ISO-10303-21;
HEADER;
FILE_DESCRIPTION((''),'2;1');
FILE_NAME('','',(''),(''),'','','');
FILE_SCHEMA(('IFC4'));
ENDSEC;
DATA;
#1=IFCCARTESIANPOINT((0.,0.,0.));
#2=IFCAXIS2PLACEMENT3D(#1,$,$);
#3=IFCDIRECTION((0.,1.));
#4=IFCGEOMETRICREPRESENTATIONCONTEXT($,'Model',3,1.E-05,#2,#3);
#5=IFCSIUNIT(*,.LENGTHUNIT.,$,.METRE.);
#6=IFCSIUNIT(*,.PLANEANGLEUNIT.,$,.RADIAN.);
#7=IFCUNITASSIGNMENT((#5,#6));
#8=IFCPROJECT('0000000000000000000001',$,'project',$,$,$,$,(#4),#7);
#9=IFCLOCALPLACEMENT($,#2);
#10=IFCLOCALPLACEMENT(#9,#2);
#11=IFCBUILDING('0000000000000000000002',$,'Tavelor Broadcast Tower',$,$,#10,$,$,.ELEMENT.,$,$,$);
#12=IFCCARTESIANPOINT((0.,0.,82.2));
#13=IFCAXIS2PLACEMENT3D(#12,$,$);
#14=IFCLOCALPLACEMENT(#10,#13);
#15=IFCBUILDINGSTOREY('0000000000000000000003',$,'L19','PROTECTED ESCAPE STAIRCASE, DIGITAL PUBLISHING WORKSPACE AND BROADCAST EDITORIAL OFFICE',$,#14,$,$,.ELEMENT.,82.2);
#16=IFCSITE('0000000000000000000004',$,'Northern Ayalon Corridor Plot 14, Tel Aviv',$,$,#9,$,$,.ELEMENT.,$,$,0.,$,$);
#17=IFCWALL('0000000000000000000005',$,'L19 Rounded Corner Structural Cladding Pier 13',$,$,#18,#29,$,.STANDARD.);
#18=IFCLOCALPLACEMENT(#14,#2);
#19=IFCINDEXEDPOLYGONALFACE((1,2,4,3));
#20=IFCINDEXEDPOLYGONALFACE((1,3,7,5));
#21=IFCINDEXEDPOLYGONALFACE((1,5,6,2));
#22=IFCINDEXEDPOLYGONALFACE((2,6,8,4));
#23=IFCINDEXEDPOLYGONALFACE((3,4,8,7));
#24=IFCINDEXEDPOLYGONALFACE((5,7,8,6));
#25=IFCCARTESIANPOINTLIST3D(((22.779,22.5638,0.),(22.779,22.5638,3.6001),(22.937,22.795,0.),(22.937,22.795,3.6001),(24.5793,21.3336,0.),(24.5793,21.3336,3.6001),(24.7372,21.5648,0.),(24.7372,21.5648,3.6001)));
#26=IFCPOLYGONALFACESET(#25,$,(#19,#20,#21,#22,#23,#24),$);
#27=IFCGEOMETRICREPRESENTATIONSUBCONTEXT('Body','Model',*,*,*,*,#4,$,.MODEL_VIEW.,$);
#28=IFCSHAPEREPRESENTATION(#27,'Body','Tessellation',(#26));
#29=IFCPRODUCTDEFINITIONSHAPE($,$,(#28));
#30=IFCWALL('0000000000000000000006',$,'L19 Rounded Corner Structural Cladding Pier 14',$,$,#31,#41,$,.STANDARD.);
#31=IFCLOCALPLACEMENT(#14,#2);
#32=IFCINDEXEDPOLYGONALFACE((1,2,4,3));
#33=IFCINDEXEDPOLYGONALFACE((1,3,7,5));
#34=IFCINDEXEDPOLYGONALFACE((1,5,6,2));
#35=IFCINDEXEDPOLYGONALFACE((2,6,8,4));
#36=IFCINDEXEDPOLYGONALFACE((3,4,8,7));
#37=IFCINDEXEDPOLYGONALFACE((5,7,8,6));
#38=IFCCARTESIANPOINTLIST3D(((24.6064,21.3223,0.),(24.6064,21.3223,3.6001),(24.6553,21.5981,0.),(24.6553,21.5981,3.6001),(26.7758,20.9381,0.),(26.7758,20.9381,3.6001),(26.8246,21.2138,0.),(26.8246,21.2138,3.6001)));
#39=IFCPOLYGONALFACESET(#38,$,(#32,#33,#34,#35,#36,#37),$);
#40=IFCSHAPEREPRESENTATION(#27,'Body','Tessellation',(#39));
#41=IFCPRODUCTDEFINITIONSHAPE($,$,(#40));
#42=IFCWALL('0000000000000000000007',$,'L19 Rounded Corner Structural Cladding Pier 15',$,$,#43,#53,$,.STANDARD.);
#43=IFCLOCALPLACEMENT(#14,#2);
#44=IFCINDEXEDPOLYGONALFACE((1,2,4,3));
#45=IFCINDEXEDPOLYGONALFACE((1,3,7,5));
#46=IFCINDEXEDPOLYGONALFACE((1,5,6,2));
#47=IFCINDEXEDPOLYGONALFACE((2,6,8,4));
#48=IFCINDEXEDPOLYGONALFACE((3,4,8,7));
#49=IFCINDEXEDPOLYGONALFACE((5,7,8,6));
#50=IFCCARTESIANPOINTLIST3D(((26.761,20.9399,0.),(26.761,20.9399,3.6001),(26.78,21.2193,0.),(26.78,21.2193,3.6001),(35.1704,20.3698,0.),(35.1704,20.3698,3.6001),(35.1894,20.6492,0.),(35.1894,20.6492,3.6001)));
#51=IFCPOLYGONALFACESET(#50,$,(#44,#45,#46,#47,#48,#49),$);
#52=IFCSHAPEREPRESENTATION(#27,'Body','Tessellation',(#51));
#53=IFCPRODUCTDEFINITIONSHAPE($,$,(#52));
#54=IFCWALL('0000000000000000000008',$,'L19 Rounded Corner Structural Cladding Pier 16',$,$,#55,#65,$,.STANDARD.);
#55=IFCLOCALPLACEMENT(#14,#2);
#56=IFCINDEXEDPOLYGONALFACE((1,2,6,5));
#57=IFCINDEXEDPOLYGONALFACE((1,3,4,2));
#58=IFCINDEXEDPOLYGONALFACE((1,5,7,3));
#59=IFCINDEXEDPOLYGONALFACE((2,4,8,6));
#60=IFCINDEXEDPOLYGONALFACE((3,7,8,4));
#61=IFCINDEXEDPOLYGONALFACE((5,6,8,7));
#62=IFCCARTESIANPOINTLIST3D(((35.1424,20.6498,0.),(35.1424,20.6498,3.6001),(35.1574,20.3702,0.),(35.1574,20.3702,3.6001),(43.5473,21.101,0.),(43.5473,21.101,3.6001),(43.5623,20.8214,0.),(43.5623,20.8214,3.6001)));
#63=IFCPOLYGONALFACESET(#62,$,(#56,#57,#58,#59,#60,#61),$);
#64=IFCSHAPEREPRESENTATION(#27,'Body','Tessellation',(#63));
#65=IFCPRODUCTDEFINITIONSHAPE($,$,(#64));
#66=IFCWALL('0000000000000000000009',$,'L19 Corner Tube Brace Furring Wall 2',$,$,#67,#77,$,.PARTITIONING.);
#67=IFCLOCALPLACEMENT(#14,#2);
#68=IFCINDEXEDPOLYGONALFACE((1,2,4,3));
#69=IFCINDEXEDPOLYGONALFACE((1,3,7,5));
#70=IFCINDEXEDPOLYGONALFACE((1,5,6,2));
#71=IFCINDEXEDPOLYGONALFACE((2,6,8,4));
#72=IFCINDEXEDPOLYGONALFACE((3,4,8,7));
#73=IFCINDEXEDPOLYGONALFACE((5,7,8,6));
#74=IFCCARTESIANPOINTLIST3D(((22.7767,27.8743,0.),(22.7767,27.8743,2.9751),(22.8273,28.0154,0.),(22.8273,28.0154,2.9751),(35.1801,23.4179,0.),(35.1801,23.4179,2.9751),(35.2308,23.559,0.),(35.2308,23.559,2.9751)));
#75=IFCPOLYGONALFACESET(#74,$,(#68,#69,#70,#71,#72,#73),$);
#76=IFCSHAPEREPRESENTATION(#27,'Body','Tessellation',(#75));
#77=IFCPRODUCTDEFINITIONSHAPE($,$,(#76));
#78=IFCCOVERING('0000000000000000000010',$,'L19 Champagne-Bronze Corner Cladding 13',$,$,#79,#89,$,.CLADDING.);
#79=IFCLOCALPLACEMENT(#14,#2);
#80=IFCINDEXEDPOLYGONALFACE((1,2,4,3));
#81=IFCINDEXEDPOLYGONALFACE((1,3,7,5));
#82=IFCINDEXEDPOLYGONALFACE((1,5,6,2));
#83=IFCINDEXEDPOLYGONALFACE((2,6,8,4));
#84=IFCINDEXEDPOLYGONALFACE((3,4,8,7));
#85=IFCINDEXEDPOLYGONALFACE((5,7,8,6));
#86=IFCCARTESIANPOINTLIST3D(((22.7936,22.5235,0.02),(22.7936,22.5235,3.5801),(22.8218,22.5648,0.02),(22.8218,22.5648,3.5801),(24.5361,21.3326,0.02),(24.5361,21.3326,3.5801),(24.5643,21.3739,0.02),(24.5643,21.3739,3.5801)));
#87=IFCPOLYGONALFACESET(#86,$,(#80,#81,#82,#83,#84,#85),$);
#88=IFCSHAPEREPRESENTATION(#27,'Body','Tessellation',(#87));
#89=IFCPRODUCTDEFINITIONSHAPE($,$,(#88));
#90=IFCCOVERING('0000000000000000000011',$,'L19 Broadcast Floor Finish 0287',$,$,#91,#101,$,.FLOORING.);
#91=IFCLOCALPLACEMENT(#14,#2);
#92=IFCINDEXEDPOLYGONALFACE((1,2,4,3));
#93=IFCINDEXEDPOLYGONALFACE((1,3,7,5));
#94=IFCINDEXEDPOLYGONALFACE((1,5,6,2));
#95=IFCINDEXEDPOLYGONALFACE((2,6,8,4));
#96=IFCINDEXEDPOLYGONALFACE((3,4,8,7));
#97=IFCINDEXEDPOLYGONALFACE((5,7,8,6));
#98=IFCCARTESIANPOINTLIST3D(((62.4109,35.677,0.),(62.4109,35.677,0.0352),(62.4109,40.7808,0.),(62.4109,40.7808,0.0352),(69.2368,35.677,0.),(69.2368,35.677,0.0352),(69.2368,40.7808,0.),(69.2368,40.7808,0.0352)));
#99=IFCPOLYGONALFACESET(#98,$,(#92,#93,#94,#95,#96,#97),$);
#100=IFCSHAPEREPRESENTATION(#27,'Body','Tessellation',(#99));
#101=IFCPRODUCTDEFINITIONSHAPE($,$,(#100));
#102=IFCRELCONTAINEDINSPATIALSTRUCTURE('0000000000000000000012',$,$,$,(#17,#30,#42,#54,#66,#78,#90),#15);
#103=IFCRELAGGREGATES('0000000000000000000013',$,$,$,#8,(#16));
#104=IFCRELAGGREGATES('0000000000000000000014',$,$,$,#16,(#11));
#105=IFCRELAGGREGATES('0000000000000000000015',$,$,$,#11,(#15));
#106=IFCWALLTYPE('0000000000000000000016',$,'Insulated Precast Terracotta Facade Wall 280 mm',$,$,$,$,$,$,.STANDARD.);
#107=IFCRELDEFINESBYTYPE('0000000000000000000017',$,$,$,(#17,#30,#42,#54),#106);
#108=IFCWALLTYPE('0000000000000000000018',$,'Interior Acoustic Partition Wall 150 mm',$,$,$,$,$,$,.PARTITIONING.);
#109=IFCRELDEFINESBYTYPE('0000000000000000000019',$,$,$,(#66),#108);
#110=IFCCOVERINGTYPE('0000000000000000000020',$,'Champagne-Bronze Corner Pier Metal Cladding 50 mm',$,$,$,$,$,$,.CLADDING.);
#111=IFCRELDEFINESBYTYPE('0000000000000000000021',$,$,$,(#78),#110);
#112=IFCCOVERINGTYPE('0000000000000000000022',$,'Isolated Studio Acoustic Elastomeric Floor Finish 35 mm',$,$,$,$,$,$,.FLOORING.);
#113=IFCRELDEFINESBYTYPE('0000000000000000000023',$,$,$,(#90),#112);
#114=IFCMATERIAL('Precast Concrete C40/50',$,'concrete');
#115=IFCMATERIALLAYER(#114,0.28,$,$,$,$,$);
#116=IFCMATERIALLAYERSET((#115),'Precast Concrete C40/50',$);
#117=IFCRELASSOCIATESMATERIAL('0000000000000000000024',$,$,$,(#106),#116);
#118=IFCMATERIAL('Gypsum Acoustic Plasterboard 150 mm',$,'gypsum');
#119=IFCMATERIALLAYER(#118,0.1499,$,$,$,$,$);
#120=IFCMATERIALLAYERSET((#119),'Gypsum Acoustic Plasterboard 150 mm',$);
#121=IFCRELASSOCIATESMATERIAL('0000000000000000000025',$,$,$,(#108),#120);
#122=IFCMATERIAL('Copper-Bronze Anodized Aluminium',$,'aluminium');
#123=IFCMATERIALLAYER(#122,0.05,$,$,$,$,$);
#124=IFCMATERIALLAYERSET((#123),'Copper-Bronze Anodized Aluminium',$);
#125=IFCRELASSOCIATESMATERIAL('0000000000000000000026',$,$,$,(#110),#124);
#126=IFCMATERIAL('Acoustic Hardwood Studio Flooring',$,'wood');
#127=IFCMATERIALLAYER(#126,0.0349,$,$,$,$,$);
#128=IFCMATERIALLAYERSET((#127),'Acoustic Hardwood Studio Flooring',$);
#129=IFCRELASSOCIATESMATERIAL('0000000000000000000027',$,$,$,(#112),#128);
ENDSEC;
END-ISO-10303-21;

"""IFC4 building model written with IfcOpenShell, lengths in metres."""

from ifc_helpers import new_model, si_unit, direction, frame, frame_2d, origin, origin_2d, place, context, subcontext, project, spatial, polyline, rectangle, outline, extrude, material, layer, layer_set, type_object, element, save


model = new_model("IFC4")

# Units and contexts
model_context = context("Model", 3, precision=1e-05, world=origin(), true_north=direction((0.0, 1.0)))
body_context = subcontext(model_context, "Body", "Model", "MODEL_VIEW")
ifc_project = project(units=[si_unit("LENGTHUNIT", "METRE"), si_unit("PLANEANGLEUNIT", "RADIAN")], contexts=[model_context])

# Site, building, storey
site_placement = place(None, origin())
site = spatial("IfcSite", under=ifc_project, at=site_placement, Name="Northern Ayalon Corridor Plot 14, Tel Aviv", CompositionType="ELEMENT", RefElevation=0.0)
building_placement = place(site_placement, origin())
building = spatial("IfcBuilding", under=site, at=building_placement, Name="Tavelor Broadcast Tower", CompositionType="ELEMENT")
storey_placement = place(building_placement, frame((0.0, 0.0, 82.2)))
storey = spatial("IfcBuildingStorey", under=building, at=storey_placement, Name="L19", Description="PROTECTED ESCAPE STAIRCASE, DIGITAL PUBLISHING WORKSPACE AND BROADCAST EDITORIAL OFFICE", CompositionType="ELEMENT", Elevation=82.2)

# Walls
ifc_material_1 = material(Name="Precast Concrete C40/50", Category="concrete")
ifc_layer_1 = layer(ifc_material_1, 0.28)
ifc_layer_set_1 = layer_set([ifc_layer_1], Name="Precast Concrete C40/50")
wall_type_1 = type_object("IfcWallType", Name="Insulated Precast Terracotta Facade Wall 280 mm", PredefinedType="STANDARD", material=ifc_layer_set_1)
wall_1_placement = place(storey_placement, frame((22.8579, 22.6794, 0.0), z_axis=(0.0, 0.0, 1.0), x_axis=(0.825639, -0.564198, 0.0)))
element("IfcWall", 1, at=wall_1_placement, inside=storey, type_object=wall_type_1, Name="L19 Rounded Corner Structural Cladding Pier 13", PredefinedType="STANDARD", context=body_context, shape_type="SweptSolid", body=[
    extrude(rectangle(XDim=2.1804, YDim=0.28, at=frame_2d((1.0903, 0.0))), origin(), (0.0, 0.0, 1.0), 3.6001),
])
wall_2_placement = place(storey_placement, frame((24.6309, 21.4602, 0.0), z_axis=(0.0, 0.0, 1.0), x_axis=(0.984672, -0.174417, 0.0)))
element("IfcWall", 2, at=wall_2_placement, inside=storey, type_object=wall_type_1, Name="L19 Rounded Corner Structural Cladding Pier 14", PredefinedType="STANDARD", context=body_context, shape_type="SweptSolid", body=[
    extrude(rectangle(XDim=2.2031, YDim=0.28, at=frame_2d((1.1016, 0.0))), origin(), (0.0, 0.0, 1.0), 3.6001),
])
wall_3_placement = place(storey_placement, frame((26.7705, 21.0796, 0.0), z_axis=(0.0, 0.0, 1.0), x_axis=(0.99771, -0.067634, 0.0)))
element("IfcWall", 3, at=wall_3_placement, inside=storey, type_object=wall_type_1, Name="L19 Rounded Corner Structural Cladding Pier 15", PredefinedType="STANDARD", context=body_context, shape_type="SweptSolid", body=[
    extrude(rectangle(XDim=8.4287, YDim=0.28, at=frame_2d((4.2144, 0.0))), origin(), (0.0, 0.0, 1.0), 3.6001),
])
wall_4_placement = place(storey_placement, frame((35.1499, 20.51, 0.0), z_axis=(0.0, 0.0, 1.0), x_axis=(0.998562, 0.053603, 0.0)))
element("IfcWall", 4, at=wall_4_placement, inside=storey, type_object=wall_type_1, Name="L19 Rounded Corner Structural Cladding Pier 16", PredefinedType="STANDARD", context=body_context, shape_type="SweptSolid", body=[
    extrude(rectangle(XDim=8.417, YDim=0.28, at=frame_2d((4.2085, 0.0))), origin(), (0.0, 0.0, 1.0), 3.6001),
])
ifc_material_2 = material(Name="Gypsum Acoustic Plasterboard 150 mm", Category="gypsum")
ifc_layer_2 = layer(ifc_material_2, 0.1499)
ifc_layer_set_2 = layer_set([ifc_layer_2], Name="Gypsum Acoustic Plasterboard 150 mm")
wall_type_2 = type_object("IfcWallType", Name="Interior Acoustic Partition Wall 150 mm", PredefinedType="PARTITIONING", material=ifc_layer_set_2)
wall_5_placement = place(storey_placement, frame((22.802, 27.9448, 0.0), z_axis=(0.0, 0.0, 1.0), x_axis=(0.941102, -0.338122, 0.0)))
element("IfcWall", 5, at=wall_5_placement, inside=storey, type_object=wall_type_2, Name="L19 Corner Tube Brace Furring Wall 2", PredefinedType="PARTITIONING", context=body_context, shape_type="SweptSolid", body=[
    extrude(rectangle(XDim=13.1797, YDim=0.1499, at=frame_2d((6.5898, 0.0))), origin(), (0.0, 0.0, 1.0), 2.9751),
])

# Coverings
ifc_material_3 = material(Name="Copper-Bronze Anodized Aluminium", Category="aluminium")
ifc_layer_3 = layer(ifc_material_3, 0.05)
ifc_layer_set_3 = layer_set([ifc_layer_3], Name="Copper-Bronze Anodized Aluminium")
covering_type_1 = type_object("IfcCoveringType", Name="Champagne-Bronze Corner Pier Metal Cladding 50 mm", PredefinedType="CLADDING", material=ifc_layer_set_3)
covering_1_placement = place(storey_placement, frame((23.679, 21.9487, 0.02), z_axis=(0.0, 0.0, 1.0), x_axis=(0.825606, -0.564247, 0.0)))
element("IfcCovering", 6, at=covering_1_placement, inside=storey, type_object=covering_type_1, Name="L19 Champagne-Bronze Corner Cladding 13", PredefinedType="CLADDING", context=body_context, shape_type="SweptSolid", body=[
    extrude(rectangle(XDim=2.1106, YDim=0.05, at=origin_2d()), origin(), (0.0, 0.0, 1.0), 3.5601),
])
ifc_material_4 = material(Name="Acoustic Hardwood Studio Flooring", Category="wood")
ifc_layer_4 = layer(ifc_material_4, 0.0349)
ifc_layer_set_4 = layer_set([ifc_layer_4], Name="Acoustic Hardwood Studio Flooring")
covering_type_2 = type_object("IfcCoveringType", Name="Isolated Studio Acoustic Elastomeric Floor Finish 35 mm", PredefinedType="FLOORING", material=ifc_layer_set_4)
covering_2_placement = place(storey_placement, origin())
element("IfcCovering", 7, at=covering_2_placement, inside=storey, type_object=covering_type_2, Name="L19 Broadcast Floor Finish 0287", PredefinedType="FLOORING", context=body_context, shape_type="SweptSolid", body=[
    extrude(outline(polyline([(62.4109, 35.677), (69.2368, 35.677), (69.2368, 40.7808), (62.4109, 40.7808), (62.4109, 35.677)])), origin(), (0.0, 0.0, 1.0), 0.0352),
])

save(model, "model.ifc")
